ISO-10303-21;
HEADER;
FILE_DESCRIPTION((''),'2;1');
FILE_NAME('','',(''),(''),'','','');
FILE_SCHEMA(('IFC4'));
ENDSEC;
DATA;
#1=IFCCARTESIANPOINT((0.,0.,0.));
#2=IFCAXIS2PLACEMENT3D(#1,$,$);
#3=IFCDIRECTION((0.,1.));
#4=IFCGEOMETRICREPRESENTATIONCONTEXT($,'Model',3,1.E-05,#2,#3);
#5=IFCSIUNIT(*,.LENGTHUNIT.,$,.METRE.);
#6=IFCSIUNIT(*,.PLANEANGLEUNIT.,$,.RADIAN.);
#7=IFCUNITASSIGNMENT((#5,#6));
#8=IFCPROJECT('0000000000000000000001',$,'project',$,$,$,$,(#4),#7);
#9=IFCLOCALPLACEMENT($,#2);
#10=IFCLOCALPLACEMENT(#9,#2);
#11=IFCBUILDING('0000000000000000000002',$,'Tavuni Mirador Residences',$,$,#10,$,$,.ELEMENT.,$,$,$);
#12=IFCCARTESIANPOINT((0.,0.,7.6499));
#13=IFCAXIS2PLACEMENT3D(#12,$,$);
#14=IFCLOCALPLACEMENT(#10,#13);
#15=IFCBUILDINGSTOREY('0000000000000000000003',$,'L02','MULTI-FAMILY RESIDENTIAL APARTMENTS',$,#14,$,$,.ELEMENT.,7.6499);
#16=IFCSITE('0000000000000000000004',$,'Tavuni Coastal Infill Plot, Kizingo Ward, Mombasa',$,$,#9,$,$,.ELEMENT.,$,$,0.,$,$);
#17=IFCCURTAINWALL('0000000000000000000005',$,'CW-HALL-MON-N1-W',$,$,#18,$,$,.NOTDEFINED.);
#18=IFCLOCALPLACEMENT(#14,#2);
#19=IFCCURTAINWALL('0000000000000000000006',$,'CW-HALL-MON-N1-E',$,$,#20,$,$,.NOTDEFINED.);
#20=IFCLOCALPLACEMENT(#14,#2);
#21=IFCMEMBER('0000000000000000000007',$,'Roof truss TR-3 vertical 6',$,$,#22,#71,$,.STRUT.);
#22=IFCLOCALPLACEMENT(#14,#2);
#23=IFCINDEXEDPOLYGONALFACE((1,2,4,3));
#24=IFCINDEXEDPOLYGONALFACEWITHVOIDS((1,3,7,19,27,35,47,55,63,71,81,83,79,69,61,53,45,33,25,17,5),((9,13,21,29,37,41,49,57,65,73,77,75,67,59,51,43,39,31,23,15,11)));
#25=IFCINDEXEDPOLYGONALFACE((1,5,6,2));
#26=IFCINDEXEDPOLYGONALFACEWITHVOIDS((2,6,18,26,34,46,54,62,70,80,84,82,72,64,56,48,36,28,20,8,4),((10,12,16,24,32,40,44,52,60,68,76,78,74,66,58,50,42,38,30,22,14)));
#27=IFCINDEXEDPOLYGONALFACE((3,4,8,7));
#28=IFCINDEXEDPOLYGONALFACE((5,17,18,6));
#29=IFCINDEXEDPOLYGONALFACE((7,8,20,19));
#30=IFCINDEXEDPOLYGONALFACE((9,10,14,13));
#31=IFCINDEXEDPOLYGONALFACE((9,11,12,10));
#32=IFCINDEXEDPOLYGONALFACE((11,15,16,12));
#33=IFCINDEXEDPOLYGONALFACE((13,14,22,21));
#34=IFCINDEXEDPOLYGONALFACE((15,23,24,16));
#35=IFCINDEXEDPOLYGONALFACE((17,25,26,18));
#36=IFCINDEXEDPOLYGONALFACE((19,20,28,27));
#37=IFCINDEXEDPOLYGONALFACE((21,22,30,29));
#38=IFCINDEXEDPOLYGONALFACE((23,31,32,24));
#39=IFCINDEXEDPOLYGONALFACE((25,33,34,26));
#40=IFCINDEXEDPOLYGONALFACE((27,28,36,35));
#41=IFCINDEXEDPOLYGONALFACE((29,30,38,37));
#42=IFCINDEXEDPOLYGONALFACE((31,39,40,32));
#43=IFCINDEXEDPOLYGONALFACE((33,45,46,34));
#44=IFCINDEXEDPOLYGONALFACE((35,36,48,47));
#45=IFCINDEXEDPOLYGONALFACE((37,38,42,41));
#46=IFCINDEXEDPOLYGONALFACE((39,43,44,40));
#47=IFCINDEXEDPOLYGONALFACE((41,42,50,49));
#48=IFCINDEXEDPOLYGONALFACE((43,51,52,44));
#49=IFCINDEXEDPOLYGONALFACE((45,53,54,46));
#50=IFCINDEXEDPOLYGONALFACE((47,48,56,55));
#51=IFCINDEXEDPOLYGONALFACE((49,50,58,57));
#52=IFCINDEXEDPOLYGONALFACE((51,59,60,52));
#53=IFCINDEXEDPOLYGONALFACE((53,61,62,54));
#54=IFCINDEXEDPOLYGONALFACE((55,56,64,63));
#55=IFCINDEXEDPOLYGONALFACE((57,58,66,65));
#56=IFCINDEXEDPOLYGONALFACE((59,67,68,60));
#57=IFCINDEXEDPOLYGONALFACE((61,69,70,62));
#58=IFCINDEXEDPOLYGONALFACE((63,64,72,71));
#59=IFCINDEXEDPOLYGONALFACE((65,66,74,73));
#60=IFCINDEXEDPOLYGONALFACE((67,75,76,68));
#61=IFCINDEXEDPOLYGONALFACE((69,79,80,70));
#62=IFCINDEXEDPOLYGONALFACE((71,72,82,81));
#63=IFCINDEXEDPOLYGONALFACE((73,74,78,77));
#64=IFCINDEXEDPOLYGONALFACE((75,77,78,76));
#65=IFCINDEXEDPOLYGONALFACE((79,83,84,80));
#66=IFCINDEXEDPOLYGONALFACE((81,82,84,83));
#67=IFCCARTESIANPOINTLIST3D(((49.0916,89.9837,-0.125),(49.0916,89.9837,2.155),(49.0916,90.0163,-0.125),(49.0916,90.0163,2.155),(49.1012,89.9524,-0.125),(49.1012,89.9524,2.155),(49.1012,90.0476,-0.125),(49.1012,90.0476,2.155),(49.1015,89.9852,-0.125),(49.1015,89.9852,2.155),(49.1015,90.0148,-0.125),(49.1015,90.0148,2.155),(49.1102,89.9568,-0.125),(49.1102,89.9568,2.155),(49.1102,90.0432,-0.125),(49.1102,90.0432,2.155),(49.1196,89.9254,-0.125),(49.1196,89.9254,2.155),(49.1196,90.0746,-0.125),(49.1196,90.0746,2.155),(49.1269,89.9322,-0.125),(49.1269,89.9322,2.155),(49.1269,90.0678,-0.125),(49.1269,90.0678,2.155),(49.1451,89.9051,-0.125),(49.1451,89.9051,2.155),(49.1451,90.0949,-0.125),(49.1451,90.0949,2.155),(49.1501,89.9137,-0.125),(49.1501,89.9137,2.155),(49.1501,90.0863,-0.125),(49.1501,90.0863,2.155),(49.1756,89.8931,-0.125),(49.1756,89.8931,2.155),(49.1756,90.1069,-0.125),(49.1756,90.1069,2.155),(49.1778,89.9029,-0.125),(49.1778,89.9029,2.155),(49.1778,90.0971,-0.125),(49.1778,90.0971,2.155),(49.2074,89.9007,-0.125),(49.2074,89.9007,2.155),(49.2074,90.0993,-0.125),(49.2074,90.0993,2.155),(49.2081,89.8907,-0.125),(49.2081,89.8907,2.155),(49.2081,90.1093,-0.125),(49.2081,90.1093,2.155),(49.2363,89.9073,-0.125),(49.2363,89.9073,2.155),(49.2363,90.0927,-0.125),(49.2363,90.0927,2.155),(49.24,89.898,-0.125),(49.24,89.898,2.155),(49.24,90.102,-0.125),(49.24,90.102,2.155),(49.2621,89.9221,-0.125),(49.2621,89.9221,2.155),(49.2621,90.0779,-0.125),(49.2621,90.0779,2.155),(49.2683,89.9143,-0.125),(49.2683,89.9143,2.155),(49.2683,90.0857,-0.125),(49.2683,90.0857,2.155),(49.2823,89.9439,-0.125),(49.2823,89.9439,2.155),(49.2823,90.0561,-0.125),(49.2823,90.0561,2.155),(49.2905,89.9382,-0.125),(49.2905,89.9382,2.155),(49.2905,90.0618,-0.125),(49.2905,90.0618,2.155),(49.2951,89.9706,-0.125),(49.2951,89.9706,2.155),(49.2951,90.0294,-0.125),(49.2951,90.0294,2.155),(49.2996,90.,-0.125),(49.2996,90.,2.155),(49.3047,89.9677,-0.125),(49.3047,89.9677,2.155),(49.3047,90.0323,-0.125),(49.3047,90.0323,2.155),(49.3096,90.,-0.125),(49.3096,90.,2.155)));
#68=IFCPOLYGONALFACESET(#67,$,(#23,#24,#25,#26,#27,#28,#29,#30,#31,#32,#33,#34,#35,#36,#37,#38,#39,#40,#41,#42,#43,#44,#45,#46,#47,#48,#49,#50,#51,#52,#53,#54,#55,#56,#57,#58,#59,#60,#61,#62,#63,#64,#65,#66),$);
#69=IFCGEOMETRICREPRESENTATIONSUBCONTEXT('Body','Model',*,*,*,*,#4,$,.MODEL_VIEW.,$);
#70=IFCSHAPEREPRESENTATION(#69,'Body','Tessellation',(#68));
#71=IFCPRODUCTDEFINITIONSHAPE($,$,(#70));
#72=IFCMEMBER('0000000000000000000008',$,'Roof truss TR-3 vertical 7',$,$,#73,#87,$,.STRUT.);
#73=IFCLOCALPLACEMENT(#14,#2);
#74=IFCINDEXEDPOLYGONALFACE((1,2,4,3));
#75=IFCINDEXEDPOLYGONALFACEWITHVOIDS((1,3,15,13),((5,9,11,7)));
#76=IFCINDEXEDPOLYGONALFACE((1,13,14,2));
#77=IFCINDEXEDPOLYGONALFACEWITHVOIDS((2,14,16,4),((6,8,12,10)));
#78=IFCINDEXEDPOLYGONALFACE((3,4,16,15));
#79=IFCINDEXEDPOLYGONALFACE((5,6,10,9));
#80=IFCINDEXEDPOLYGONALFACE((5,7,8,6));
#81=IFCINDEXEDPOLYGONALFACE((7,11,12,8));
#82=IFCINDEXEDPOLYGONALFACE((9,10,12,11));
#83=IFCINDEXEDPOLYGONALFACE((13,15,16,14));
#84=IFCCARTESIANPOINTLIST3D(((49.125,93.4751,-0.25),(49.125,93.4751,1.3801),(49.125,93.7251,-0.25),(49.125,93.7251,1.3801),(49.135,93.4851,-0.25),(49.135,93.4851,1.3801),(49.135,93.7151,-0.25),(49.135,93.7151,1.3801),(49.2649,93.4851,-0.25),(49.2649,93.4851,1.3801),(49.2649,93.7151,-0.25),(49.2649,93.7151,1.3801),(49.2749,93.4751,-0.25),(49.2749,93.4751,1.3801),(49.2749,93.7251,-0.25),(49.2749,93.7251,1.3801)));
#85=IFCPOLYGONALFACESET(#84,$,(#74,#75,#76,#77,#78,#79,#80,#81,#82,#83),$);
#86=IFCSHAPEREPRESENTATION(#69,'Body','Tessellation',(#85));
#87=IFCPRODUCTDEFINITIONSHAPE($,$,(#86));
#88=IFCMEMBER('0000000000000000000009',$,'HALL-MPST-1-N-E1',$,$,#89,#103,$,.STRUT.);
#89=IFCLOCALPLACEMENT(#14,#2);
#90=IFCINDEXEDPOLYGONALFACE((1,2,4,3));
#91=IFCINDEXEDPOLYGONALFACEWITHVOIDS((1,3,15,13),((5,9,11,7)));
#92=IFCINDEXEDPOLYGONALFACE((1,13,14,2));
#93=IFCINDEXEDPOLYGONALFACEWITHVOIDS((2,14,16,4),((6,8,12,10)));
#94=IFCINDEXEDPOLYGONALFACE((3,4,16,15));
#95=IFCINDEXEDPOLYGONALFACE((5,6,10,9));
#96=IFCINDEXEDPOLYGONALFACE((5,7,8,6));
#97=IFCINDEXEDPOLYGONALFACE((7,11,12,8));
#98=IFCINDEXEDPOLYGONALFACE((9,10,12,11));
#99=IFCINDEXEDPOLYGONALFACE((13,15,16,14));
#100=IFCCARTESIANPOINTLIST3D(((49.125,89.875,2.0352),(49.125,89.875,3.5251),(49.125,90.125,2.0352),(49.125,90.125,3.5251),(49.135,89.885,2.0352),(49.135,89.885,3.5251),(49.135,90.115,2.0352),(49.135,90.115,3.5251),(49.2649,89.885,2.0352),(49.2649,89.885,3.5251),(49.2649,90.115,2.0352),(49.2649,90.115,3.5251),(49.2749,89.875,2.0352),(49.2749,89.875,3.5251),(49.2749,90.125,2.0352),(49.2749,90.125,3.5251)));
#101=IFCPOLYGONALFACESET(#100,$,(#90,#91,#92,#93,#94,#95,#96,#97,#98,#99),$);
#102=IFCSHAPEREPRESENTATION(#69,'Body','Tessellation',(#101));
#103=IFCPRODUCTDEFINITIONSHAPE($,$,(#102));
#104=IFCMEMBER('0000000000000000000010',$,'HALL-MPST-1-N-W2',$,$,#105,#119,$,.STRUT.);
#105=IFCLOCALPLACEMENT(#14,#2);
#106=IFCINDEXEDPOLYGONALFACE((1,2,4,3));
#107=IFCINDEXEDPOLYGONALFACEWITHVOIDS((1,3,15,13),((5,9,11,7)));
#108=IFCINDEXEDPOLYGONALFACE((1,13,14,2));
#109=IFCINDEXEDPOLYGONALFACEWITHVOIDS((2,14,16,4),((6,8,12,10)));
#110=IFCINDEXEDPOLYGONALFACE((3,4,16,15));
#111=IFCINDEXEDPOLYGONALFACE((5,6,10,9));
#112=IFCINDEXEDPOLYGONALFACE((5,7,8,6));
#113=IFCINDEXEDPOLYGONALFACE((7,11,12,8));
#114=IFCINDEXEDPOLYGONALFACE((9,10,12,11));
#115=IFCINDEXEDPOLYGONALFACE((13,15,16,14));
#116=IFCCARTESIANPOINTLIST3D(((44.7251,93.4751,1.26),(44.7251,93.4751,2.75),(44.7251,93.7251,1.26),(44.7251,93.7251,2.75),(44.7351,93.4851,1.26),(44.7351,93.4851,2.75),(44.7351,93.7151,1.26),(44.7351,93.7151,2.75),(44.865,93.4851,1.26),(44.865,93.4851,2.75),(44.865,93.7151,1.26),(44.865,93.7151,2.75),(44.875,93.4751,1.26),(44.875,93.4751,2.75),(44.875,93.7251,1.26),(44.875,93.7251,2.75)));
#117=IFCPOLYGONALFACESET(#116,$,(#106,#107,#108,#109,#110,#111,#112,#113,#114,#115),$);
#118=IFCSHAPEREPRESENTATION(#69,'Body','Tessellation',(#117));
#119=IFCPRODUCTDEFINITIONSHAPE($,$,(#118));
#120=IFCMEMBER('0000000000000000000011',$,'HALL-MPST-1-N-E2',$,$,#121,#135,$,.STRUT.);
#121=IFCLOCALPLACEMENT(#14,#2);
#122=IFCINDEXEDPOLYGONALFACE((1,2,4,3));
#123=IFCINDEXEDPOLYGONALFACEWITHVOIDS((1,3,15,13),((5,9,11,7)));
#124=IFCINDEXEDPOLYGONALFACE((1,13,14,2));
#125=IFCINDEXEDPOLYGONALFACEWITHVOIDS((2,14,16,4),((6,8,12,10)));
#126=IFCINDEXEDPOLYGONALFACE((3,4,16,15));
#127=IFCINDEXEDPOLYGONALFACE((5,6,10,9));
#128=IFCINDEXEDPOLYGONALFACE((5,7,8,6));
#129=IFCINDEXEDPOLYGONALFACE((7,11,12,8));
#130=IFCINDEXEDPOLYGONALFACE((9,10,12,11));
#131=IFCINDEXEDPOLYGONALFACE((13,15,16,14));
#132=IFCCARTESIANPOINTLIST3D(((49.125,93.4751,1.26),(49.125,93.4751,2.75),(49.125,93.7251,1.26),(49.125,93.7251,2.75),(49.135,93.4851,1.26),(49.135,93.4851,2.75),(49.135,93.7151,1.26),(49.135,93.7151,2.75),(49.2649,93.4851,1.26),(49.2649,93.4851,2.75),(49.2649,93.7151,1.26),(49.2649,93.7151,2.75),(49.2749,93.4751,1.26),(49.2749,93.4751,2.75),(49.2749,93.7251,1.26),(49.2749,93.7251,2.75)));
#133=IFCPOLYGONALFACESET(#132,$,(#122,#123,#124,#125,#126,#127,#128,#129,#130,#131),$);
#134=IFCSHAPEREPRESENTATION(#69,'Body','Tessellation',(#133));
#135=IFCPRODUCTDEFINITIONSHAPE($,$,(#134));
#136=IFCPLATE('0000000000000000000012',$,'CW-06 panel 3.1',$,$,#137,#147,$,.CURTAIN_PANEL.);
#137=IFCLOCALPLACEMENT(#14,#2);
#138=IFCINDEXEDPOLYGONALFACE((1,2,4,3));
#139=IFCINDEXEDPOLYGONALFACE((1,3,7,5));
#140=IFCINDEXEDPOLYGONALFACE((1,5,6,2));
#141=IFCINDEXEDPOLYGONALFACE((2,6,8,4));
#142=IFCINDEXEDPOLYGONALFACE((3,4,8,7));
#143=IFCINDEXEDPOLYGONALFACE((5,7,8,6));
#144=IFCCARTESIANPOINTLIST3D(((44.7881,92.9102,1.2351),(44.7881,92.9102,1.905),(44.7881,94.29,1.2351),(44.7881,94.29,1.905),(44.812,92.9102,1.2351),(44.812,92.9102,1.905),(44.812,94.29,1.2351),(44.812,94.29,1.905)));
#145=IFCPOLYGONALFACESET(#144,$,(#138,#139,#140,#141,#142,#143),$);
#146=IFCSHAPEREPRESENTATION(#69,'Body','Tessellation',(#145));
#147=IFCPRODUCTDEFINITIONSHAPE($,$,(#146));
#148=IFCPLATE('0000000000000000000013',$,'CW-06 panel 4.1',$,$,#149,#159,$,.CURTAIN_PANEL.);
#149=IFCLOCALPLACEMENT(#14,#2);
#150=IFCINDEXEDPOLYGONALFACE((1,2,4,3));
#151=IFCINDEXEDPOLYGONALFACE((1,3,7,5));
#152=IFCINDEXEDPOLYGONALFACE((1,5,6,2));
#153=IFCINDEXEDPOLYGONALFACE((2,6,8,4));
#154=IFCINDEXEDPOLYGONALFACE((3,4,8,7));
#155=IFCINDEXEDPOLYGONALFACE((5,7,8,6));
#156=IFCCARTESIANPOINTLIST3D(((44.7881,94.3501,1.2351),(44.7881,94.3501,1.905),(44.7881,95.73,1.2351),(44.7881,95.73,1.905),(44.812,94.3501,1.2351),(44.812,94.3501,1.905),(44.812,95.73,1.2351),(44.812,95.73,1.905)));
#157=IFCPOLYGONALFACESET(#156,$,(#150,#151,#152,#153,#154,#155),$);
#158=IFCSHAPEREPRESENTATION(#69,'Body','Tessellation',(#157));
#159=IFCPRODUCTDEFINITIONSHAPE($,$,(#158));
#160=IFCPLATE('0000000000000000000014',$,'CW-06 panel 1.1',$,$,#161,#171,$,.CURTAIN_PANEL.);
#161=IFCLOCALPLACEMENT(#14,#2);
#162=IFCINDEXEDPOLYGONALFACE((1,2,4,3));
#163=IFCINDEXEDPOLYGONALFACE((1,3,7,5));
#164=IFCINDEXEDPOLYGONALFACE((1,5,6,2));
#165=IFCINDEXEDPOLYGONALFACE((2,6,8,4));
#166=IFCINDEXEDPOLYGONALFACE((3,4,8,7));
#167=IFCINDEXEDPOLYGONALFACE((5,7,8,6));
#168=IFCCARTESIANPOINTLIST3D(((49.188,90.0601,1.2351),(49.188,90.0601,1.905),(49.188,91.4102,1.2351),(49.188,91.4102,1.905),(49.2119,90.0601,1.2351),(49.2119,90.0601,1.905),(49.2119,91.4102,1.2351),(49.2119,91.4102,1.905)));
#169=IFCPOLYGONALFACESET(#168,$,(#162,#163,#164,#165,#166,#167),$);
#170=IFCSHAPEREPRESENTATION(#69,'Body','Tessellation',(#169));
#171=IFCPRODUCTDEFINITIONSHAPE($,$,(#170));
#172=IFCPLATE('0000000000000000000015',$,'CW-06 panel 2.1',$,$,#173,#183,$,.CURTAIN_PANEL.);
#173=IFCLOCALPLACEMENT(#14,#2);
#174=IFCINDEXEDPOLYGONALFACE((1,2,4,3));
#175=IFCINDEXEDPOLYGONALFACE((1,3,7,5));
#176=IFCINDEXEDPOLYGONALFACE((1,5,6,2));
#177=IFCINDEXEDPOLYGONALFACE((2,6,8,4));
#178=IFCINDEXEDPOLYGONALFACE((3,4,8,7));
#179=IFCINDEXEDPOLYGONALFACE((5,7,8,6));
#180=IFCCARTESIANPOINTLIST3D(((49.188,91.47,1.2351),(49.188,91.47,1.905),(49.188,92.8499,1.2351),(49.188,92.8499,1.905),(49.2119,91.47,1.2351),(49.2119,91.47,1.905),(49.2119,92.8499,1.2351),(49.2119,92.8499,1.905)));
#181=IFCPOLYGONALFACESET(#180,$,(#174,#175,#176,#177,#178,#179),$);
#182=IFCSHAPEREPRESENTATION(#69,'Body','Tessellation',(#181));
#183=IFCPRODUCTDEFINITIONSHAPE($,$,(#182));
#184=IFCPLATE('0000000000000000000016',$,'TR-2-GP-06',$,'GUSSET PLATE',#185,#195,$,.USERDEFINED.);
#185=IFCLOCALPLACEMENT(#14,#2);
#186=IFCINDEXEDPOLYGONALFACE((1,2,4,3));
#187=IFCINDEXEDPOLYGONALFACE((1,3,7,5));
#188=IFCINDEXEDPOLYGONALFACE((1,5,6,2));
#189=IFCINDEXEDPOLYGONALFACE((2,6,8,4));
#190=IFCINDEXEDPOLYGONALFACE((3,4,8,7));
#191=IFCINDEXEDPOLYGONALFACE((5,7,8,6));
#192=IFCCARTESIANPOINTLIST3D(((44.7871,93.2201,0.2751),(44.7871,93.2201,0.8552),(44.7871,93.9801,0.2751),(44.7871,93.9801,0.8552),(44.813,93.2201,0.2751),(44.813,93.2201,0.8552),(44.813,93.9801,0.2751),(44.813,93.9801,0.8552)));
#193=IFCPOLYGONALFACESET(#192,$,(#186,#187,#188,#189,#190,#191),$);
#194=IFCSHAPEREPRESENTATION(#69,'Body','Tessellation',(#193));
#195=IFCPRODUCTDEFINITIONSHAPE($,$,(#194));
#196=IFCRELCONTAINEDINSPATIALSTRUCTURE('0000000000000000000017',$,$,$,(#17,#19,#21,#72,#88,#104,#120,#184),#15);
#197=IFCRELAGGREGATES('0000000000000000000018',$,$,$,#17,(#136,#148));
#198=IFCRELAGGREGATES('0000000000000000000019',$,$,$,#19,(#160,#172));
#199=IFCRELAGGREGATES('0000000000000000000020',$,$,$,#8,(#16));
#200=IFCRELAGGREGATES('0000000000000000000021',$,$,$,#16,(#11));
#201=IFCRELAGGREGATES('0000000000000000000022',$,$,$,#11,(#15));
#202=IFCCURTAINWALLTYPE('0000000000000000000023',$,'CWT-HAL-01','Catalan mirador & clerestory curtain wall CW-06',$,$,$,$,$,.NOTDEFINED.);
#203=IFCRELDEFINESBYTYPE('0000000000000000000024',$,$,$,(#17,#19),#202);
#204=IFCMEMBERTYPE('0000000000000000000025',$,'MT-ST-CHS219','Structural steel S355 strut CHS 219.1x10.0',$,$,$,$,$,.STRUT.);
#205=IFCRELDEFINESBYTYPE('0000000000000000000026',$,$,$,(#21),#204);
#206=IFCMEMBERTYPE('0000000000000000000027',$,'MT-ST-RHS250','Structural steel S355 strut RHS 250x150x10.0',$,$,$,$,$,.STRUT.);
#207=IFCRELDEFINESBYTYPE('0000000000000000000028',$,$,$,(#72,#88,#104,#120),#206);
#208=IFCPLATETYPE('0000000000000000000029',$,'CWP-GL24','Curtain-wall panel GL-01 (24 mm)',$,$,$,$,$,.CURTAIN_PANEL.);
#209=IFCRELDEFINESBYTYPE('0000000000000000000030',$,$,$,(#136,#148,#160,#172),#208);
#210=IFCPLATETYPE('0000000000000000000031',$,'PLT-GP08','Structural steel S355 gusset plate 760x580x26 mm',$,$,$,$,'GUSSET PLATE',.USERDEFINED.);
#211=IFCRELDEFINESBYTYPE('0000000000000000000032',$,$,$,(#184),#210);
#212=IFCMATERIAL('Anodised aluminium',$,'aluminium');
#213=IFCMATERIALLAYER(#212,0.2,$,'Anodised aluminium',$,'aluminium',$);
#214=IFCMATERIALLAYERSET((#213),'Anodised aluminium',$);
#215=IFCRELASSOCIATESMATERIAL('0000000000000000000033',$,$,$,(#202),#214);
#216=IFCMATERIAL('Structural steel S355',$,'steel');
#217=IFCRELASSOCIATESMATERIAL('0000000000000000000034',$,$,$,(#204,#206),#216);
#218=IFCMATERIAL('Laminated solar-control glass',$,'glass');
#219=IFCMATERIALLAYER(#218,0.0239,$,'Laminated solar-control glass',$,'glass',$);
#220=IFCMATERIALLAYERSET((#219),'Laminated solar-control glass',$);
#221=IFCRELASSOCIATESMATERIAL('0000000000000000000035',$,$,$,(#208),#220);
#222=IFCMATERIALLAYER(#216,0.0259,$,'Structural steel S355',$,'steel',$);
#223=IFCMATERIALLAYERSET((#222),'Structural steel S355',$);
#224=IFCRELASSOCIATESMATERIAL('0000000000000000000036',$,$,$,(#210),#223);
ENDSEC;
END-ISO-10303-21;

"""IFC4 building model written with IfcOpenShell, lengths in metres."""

from ifc_helpers import new_model, si_unit, direction, frame, origin, origin_2d, place, context, subcontext, project, spatial, rectangle, hollow_rectangle, hollow_circle, extrude, material, layer, layer_set, material_profile, profile_set, type_object, element, aggregate, save


model = new_model("IFC4")

# Units and contexts
model_context = context("Model", 3, precision=1e-05, world=origin(), true_north=direction((0.0, 1.0)))
body_context = subcontext(model_context, "Body", "Model", "MODEL_VIEW")
ifc_project = project(units=[si_unit("LENGTHUNIT", "METRE"), si_unit("PLANEANGLEUNIT", "RADIAN")], contexts=[model_context])

# Site, building, storey
site_placement = place(None, origin())
site = spatial("IfcSite", under=ifc_project, at=site_placement, Name="Tavuni Coastal Infill Plot, Kizingo Ward, Mombasa", CompositionType="ELEMENT", RefElevation=0.0)
building_placement = place(site_placement, origin())
building = spatial("IfcBuilding", under=site, at=building_placement, Name="Tavuni Mirador Residences", CompositionType="ELEMENT")
storey_placement = place(building_placement, frame((0.0, 0.0, 7.6499)))
storey = spatial("IfcBuildingStorey", under=building, at=storey_placement, Name="L02", Description="MULTI-FAMILY RESIDENTIAL APARTMENTS", CompositionType="ELEMENT", Elevation=7.6499)

# Curtain wall
ifc_material_1 = material(Name="Anodised aluminium", Category="aluminium")
ifc_layer_1 = layer(ifc_material_1, 0.2, Name="Anodised aluminium", Category="aluminium")
ifc_layer_set_1 = layer_set([ifc_layer_1], Name="Anodised aluminium")
curtain_wall_type = type_object("IfcCurtainWallType", Name="CWT-HAL-01", Description="Catalan mirador & clerestory curtain wall CW-06", PredefinedType="NOTDEFINED", material=ifc_layer_set_1)
curtain_wall_1_placement = place(storey_placement, origin())
curtain_wall_1 = element("IfcCurtainWall", 1, at=curtain_wall_1_placement, inside=storey, type_object=curtain_wall_type, Name="CW-HALL-MON-N1-W", PredefinedType="NOTDEFINED")

# Curtain wall
curtain_wall_2_placement = place(storey_placement, origin())
curtain_wall_2 = element("IfcCurtainWall", 2, at=curtain_wall_2_placement, inside=storey, type_object=curtain_wall_type, Name="CW-HALL-MON-N1-E", PredefinedType="NOTDEFINED")

# Members
ifc_material_2 = material(Name="Structural steel S355", Category="steel")
ifc_material_profile_1 = material_profile(ifc_material_2, hollow_circle(Radius=0.1096, WallThickness=0.01, at=origin_2d()), Name="CHS 219.1x10.0", Category="steel")
ifc_profile_set_1 = profile_set([ifc_material_profile_1], Name="Structural steel S355")
member_type_1 = type_object("IfcMemberType", Name="MT-ST-CHS219", Description="Structural steel S355 strut CHS 219.1x10.0", PredefinedType="STRUT", material=ifc_profile_set_1)
member_1_placement = place(storey_placement, frame((49.2, 90.0, -0.125), z_axis=(0.0, 0.0, 1.0), x_axis=(1.0, 0.0, 0.0)))
element("IfcMember", 3, at=member_1_placement, inside=storey, type_object=member_type_1, Name="Roof truss TR-3 vertical 6", PredefinedType="STRUT", context=body_context, shape_type="SweptSolid", body=[
    extrude(hollow_circle(Radius=0.1096, WallThickness=0.01, at=origin_2d()), origin(), (0.0, 0.0, 1.0), 2.28),
])
ifc_material_profile_2 = material_profile(ifc_material_2, hollow_rectangle(XDim=0.1499, YDim=0.25, WallThickness=0.01, at=origin_2d()), Name="RHS 250x150x10.0", Category="steel")
ifc_profile_set_2 = profile_set([ifc_material_profile_2], Name="Structural steel S355")
member_type_2 = type_object("IfcMemberType", Name="MT-ST-RHS250", Description="Structural steel S355 strut RHS 250x150x10.0", PredefinedType="STRUT", material=ifc_profile_set_2)
member_2_placement = place(storey_placement, frame((49.2, 93.6001, -0.25), z_axis=(0.0, 0.0, 1.0), x_axis=(1.0, 0.0, 0.0)))
element("IfcMember", 4, at=member_2_placement, inside=storey, type_object=member_type_2, Name="Roof truss TR-3 vertical 7", PredefinedType="STRUT", context=body_context, shape_type="SweptSolid", body=[
    extrude(hollow_rectangle(XDim=0.1499, YDim=0.25, WallThickness=0.01, at=origin_2d()), origin(), (0.0, 0.0, 1.0), 1.6301),
])
for number, where, z_axis, x_axis, name in (
    (5, (49.2, 90.0, 2.0352), (0.0, 0.0, 1.0), (1.0, 0.0, 0.0), "HALL-MPST-1-N-E1"),
    (6, (44.8, 93.6001, 1.26), (0.0, 0.0, 1.0), (1.0, 0.0, 0.0), "HALL-MPST-1-N-W2"),
    (7, (49.2, 93.6001, 1.26), (0.0, 0.0, 1.0), (1.0, 0.0, 0.0), "HALL-MPST-1-N-E2"),
):
    element("IfcMember", number, at=place(storey_placement, frame(where, z_axis=z_axis, x_axis=x_axis)), inside=storey, type_object=member_type_2, Name=name, PredefinedType="STRUT", context=body_context, shape_type="SweptSolid", body=[
        extrude(hollow_rectangle(XDim=0.1499, YDim=0.25, WallThickness=0.01, at=origin_2d()), origin(), (0.0, 0.0, 1.0), 1.49),
    ])

# Plates
ifc_material_3 = material(Name="Laminated solar-control glass", Category="glass")
ifc_layer_2 = layer(ifc_material_3, 0.0239, Name="Laminated solar-control glass", Category="glass")
ifc_layer_set_2 = layer_set([ifc_layer_2], Name="Laminated solar-control glass")
plate_type_1 = type_object("IfcPlateType", Name="CWP-GL24", Description="Curtain-wall panel GL-01 (24 mm)", PredefinedType="CURTAIN_PANEL", material=ifc_layer_set_2)
plate_1_placement = place(storey_placement, frame((44.8, 93.6001, 1.2351), z_axis=(0.0, 0.0, 1.0), x_axis=(0.0, 1.0, 0.0)))
plate_1 = element("IfcPlate", 8, at=plate_1_placement, type_object=plate_type_1, Name="CW-06 panel 3.1", PredefinedType="CURTAIN_PANEL", context=body_context, shape_type="SweptSolid", body=[
    extrude(rectangle(XDim=1.3799, YDim=0.0239, at=origin_2d()), origin(), (0.0, 0.0, 1.0), 0.6699),
])
plate_2_placement = place(storey_placement, frame((44.8, 95.04, 1.2351), z_axis=(0.0, 0.0, 1.0), x_axis=(0.0, 1.0, 0.0)))
plate_2 = element("IfcPlate", 9, at=plate_2_placement, type_object=plate_type_1, Name="CW-06 panel 4.1", PredefinedType="CURTAIN_PANEL", context=body_context, shape_type="SweptSolid", body=[
    extrude(rectangle(XDim=1.3799, YDim=0.0239, at=origin_2d()), origin(), (0.0, 0.0, 1.0), 0.6699),
])
aggregate(curtain_wall_1, [plate_1, plate_2])
plate_3_placement = place(storey_placement, frame((49.2, 90.7351, 1.2351), z_axis=(0.0, 0.0, 1.0), x_axis=(0.0, 1.0, 0.0)))
plate_3 = element("IfcPlate", 10, at=plate_3_placement, type_object=plate_type_1, Name="CW-06 panel 1.1", PredefinedType="CURTAIN_PANEL", context=body_context, shape_type="SweptSolid", body=[
    extrude(rectangle(XDim=1.3501, YDim=0.0239, at=origin_2d()), origin(), (0.0, 0.0, 1.0), 0.6699),
])
plate_4_placement = place(storey_placement, frame((49.2, 92.1599, 1.2351), z_axis=(0.0, 0.0, 1.0), x_axis=(0.0, 1.0, 0.0)))
plate_4 = element("IfcPlate", 11, at=plate_4_placement, type_object=plate_type_1, Name="CW-06 panel 2.1", PredefinedType="CURTAIN_PANEL", context=body_context, shape_type="SweptSolid", body=[
    extrude(rectangle(XDim=1.3799, YDim=0.0239, at=origin_2d()), origin(), (0.0, 0.0, 1.0), 0.6699),
])
aggregate(curtain_wall_2, [plate_3, plate_4])

# Plate
ifc_layer_3 = layer(ifc_material_2, 0.0259, Name="Structural steel S355", Category="steel")
ifc_layer_set_3 = layer_set([ifc_layer_3], Name="Structural steel S355")
plate_type_2 = type_object("IfcPlateType", Name="PLT-GP08", Description="Structural steel S355 gusset plate 760x580x26 mm", ElementType="GUSSET PLATE", PredefinedType="USERDEFINED", material=ifc_layer_set_3)
for number, where, z_axis, x_axis, name in (
    (12, (44.8, 93.6001, 0.2751), (0.0, 0.0, 1.0), (0.0, 1.0, 0.0), "TR-2-GP-06"),
):
    element("IfcPlate", number, at=place(storey_placement, frame(where, z_axis=z_axis, x_axis=x_axis)), inside=storey, type_object=plate_type_2, Name=name, ObjectType="GUSSET PLATE", PredefinedType="USERDEFINED", context=body_context, shape_type="SweptSolid", body=[
        extrude(rectangle(XDim=0.76, YDim=0.0259, at=origin_2d()), origin(), (0.0, 0.0, 1.0), 0.5801),
    ])

save(model, "model.ifc")
